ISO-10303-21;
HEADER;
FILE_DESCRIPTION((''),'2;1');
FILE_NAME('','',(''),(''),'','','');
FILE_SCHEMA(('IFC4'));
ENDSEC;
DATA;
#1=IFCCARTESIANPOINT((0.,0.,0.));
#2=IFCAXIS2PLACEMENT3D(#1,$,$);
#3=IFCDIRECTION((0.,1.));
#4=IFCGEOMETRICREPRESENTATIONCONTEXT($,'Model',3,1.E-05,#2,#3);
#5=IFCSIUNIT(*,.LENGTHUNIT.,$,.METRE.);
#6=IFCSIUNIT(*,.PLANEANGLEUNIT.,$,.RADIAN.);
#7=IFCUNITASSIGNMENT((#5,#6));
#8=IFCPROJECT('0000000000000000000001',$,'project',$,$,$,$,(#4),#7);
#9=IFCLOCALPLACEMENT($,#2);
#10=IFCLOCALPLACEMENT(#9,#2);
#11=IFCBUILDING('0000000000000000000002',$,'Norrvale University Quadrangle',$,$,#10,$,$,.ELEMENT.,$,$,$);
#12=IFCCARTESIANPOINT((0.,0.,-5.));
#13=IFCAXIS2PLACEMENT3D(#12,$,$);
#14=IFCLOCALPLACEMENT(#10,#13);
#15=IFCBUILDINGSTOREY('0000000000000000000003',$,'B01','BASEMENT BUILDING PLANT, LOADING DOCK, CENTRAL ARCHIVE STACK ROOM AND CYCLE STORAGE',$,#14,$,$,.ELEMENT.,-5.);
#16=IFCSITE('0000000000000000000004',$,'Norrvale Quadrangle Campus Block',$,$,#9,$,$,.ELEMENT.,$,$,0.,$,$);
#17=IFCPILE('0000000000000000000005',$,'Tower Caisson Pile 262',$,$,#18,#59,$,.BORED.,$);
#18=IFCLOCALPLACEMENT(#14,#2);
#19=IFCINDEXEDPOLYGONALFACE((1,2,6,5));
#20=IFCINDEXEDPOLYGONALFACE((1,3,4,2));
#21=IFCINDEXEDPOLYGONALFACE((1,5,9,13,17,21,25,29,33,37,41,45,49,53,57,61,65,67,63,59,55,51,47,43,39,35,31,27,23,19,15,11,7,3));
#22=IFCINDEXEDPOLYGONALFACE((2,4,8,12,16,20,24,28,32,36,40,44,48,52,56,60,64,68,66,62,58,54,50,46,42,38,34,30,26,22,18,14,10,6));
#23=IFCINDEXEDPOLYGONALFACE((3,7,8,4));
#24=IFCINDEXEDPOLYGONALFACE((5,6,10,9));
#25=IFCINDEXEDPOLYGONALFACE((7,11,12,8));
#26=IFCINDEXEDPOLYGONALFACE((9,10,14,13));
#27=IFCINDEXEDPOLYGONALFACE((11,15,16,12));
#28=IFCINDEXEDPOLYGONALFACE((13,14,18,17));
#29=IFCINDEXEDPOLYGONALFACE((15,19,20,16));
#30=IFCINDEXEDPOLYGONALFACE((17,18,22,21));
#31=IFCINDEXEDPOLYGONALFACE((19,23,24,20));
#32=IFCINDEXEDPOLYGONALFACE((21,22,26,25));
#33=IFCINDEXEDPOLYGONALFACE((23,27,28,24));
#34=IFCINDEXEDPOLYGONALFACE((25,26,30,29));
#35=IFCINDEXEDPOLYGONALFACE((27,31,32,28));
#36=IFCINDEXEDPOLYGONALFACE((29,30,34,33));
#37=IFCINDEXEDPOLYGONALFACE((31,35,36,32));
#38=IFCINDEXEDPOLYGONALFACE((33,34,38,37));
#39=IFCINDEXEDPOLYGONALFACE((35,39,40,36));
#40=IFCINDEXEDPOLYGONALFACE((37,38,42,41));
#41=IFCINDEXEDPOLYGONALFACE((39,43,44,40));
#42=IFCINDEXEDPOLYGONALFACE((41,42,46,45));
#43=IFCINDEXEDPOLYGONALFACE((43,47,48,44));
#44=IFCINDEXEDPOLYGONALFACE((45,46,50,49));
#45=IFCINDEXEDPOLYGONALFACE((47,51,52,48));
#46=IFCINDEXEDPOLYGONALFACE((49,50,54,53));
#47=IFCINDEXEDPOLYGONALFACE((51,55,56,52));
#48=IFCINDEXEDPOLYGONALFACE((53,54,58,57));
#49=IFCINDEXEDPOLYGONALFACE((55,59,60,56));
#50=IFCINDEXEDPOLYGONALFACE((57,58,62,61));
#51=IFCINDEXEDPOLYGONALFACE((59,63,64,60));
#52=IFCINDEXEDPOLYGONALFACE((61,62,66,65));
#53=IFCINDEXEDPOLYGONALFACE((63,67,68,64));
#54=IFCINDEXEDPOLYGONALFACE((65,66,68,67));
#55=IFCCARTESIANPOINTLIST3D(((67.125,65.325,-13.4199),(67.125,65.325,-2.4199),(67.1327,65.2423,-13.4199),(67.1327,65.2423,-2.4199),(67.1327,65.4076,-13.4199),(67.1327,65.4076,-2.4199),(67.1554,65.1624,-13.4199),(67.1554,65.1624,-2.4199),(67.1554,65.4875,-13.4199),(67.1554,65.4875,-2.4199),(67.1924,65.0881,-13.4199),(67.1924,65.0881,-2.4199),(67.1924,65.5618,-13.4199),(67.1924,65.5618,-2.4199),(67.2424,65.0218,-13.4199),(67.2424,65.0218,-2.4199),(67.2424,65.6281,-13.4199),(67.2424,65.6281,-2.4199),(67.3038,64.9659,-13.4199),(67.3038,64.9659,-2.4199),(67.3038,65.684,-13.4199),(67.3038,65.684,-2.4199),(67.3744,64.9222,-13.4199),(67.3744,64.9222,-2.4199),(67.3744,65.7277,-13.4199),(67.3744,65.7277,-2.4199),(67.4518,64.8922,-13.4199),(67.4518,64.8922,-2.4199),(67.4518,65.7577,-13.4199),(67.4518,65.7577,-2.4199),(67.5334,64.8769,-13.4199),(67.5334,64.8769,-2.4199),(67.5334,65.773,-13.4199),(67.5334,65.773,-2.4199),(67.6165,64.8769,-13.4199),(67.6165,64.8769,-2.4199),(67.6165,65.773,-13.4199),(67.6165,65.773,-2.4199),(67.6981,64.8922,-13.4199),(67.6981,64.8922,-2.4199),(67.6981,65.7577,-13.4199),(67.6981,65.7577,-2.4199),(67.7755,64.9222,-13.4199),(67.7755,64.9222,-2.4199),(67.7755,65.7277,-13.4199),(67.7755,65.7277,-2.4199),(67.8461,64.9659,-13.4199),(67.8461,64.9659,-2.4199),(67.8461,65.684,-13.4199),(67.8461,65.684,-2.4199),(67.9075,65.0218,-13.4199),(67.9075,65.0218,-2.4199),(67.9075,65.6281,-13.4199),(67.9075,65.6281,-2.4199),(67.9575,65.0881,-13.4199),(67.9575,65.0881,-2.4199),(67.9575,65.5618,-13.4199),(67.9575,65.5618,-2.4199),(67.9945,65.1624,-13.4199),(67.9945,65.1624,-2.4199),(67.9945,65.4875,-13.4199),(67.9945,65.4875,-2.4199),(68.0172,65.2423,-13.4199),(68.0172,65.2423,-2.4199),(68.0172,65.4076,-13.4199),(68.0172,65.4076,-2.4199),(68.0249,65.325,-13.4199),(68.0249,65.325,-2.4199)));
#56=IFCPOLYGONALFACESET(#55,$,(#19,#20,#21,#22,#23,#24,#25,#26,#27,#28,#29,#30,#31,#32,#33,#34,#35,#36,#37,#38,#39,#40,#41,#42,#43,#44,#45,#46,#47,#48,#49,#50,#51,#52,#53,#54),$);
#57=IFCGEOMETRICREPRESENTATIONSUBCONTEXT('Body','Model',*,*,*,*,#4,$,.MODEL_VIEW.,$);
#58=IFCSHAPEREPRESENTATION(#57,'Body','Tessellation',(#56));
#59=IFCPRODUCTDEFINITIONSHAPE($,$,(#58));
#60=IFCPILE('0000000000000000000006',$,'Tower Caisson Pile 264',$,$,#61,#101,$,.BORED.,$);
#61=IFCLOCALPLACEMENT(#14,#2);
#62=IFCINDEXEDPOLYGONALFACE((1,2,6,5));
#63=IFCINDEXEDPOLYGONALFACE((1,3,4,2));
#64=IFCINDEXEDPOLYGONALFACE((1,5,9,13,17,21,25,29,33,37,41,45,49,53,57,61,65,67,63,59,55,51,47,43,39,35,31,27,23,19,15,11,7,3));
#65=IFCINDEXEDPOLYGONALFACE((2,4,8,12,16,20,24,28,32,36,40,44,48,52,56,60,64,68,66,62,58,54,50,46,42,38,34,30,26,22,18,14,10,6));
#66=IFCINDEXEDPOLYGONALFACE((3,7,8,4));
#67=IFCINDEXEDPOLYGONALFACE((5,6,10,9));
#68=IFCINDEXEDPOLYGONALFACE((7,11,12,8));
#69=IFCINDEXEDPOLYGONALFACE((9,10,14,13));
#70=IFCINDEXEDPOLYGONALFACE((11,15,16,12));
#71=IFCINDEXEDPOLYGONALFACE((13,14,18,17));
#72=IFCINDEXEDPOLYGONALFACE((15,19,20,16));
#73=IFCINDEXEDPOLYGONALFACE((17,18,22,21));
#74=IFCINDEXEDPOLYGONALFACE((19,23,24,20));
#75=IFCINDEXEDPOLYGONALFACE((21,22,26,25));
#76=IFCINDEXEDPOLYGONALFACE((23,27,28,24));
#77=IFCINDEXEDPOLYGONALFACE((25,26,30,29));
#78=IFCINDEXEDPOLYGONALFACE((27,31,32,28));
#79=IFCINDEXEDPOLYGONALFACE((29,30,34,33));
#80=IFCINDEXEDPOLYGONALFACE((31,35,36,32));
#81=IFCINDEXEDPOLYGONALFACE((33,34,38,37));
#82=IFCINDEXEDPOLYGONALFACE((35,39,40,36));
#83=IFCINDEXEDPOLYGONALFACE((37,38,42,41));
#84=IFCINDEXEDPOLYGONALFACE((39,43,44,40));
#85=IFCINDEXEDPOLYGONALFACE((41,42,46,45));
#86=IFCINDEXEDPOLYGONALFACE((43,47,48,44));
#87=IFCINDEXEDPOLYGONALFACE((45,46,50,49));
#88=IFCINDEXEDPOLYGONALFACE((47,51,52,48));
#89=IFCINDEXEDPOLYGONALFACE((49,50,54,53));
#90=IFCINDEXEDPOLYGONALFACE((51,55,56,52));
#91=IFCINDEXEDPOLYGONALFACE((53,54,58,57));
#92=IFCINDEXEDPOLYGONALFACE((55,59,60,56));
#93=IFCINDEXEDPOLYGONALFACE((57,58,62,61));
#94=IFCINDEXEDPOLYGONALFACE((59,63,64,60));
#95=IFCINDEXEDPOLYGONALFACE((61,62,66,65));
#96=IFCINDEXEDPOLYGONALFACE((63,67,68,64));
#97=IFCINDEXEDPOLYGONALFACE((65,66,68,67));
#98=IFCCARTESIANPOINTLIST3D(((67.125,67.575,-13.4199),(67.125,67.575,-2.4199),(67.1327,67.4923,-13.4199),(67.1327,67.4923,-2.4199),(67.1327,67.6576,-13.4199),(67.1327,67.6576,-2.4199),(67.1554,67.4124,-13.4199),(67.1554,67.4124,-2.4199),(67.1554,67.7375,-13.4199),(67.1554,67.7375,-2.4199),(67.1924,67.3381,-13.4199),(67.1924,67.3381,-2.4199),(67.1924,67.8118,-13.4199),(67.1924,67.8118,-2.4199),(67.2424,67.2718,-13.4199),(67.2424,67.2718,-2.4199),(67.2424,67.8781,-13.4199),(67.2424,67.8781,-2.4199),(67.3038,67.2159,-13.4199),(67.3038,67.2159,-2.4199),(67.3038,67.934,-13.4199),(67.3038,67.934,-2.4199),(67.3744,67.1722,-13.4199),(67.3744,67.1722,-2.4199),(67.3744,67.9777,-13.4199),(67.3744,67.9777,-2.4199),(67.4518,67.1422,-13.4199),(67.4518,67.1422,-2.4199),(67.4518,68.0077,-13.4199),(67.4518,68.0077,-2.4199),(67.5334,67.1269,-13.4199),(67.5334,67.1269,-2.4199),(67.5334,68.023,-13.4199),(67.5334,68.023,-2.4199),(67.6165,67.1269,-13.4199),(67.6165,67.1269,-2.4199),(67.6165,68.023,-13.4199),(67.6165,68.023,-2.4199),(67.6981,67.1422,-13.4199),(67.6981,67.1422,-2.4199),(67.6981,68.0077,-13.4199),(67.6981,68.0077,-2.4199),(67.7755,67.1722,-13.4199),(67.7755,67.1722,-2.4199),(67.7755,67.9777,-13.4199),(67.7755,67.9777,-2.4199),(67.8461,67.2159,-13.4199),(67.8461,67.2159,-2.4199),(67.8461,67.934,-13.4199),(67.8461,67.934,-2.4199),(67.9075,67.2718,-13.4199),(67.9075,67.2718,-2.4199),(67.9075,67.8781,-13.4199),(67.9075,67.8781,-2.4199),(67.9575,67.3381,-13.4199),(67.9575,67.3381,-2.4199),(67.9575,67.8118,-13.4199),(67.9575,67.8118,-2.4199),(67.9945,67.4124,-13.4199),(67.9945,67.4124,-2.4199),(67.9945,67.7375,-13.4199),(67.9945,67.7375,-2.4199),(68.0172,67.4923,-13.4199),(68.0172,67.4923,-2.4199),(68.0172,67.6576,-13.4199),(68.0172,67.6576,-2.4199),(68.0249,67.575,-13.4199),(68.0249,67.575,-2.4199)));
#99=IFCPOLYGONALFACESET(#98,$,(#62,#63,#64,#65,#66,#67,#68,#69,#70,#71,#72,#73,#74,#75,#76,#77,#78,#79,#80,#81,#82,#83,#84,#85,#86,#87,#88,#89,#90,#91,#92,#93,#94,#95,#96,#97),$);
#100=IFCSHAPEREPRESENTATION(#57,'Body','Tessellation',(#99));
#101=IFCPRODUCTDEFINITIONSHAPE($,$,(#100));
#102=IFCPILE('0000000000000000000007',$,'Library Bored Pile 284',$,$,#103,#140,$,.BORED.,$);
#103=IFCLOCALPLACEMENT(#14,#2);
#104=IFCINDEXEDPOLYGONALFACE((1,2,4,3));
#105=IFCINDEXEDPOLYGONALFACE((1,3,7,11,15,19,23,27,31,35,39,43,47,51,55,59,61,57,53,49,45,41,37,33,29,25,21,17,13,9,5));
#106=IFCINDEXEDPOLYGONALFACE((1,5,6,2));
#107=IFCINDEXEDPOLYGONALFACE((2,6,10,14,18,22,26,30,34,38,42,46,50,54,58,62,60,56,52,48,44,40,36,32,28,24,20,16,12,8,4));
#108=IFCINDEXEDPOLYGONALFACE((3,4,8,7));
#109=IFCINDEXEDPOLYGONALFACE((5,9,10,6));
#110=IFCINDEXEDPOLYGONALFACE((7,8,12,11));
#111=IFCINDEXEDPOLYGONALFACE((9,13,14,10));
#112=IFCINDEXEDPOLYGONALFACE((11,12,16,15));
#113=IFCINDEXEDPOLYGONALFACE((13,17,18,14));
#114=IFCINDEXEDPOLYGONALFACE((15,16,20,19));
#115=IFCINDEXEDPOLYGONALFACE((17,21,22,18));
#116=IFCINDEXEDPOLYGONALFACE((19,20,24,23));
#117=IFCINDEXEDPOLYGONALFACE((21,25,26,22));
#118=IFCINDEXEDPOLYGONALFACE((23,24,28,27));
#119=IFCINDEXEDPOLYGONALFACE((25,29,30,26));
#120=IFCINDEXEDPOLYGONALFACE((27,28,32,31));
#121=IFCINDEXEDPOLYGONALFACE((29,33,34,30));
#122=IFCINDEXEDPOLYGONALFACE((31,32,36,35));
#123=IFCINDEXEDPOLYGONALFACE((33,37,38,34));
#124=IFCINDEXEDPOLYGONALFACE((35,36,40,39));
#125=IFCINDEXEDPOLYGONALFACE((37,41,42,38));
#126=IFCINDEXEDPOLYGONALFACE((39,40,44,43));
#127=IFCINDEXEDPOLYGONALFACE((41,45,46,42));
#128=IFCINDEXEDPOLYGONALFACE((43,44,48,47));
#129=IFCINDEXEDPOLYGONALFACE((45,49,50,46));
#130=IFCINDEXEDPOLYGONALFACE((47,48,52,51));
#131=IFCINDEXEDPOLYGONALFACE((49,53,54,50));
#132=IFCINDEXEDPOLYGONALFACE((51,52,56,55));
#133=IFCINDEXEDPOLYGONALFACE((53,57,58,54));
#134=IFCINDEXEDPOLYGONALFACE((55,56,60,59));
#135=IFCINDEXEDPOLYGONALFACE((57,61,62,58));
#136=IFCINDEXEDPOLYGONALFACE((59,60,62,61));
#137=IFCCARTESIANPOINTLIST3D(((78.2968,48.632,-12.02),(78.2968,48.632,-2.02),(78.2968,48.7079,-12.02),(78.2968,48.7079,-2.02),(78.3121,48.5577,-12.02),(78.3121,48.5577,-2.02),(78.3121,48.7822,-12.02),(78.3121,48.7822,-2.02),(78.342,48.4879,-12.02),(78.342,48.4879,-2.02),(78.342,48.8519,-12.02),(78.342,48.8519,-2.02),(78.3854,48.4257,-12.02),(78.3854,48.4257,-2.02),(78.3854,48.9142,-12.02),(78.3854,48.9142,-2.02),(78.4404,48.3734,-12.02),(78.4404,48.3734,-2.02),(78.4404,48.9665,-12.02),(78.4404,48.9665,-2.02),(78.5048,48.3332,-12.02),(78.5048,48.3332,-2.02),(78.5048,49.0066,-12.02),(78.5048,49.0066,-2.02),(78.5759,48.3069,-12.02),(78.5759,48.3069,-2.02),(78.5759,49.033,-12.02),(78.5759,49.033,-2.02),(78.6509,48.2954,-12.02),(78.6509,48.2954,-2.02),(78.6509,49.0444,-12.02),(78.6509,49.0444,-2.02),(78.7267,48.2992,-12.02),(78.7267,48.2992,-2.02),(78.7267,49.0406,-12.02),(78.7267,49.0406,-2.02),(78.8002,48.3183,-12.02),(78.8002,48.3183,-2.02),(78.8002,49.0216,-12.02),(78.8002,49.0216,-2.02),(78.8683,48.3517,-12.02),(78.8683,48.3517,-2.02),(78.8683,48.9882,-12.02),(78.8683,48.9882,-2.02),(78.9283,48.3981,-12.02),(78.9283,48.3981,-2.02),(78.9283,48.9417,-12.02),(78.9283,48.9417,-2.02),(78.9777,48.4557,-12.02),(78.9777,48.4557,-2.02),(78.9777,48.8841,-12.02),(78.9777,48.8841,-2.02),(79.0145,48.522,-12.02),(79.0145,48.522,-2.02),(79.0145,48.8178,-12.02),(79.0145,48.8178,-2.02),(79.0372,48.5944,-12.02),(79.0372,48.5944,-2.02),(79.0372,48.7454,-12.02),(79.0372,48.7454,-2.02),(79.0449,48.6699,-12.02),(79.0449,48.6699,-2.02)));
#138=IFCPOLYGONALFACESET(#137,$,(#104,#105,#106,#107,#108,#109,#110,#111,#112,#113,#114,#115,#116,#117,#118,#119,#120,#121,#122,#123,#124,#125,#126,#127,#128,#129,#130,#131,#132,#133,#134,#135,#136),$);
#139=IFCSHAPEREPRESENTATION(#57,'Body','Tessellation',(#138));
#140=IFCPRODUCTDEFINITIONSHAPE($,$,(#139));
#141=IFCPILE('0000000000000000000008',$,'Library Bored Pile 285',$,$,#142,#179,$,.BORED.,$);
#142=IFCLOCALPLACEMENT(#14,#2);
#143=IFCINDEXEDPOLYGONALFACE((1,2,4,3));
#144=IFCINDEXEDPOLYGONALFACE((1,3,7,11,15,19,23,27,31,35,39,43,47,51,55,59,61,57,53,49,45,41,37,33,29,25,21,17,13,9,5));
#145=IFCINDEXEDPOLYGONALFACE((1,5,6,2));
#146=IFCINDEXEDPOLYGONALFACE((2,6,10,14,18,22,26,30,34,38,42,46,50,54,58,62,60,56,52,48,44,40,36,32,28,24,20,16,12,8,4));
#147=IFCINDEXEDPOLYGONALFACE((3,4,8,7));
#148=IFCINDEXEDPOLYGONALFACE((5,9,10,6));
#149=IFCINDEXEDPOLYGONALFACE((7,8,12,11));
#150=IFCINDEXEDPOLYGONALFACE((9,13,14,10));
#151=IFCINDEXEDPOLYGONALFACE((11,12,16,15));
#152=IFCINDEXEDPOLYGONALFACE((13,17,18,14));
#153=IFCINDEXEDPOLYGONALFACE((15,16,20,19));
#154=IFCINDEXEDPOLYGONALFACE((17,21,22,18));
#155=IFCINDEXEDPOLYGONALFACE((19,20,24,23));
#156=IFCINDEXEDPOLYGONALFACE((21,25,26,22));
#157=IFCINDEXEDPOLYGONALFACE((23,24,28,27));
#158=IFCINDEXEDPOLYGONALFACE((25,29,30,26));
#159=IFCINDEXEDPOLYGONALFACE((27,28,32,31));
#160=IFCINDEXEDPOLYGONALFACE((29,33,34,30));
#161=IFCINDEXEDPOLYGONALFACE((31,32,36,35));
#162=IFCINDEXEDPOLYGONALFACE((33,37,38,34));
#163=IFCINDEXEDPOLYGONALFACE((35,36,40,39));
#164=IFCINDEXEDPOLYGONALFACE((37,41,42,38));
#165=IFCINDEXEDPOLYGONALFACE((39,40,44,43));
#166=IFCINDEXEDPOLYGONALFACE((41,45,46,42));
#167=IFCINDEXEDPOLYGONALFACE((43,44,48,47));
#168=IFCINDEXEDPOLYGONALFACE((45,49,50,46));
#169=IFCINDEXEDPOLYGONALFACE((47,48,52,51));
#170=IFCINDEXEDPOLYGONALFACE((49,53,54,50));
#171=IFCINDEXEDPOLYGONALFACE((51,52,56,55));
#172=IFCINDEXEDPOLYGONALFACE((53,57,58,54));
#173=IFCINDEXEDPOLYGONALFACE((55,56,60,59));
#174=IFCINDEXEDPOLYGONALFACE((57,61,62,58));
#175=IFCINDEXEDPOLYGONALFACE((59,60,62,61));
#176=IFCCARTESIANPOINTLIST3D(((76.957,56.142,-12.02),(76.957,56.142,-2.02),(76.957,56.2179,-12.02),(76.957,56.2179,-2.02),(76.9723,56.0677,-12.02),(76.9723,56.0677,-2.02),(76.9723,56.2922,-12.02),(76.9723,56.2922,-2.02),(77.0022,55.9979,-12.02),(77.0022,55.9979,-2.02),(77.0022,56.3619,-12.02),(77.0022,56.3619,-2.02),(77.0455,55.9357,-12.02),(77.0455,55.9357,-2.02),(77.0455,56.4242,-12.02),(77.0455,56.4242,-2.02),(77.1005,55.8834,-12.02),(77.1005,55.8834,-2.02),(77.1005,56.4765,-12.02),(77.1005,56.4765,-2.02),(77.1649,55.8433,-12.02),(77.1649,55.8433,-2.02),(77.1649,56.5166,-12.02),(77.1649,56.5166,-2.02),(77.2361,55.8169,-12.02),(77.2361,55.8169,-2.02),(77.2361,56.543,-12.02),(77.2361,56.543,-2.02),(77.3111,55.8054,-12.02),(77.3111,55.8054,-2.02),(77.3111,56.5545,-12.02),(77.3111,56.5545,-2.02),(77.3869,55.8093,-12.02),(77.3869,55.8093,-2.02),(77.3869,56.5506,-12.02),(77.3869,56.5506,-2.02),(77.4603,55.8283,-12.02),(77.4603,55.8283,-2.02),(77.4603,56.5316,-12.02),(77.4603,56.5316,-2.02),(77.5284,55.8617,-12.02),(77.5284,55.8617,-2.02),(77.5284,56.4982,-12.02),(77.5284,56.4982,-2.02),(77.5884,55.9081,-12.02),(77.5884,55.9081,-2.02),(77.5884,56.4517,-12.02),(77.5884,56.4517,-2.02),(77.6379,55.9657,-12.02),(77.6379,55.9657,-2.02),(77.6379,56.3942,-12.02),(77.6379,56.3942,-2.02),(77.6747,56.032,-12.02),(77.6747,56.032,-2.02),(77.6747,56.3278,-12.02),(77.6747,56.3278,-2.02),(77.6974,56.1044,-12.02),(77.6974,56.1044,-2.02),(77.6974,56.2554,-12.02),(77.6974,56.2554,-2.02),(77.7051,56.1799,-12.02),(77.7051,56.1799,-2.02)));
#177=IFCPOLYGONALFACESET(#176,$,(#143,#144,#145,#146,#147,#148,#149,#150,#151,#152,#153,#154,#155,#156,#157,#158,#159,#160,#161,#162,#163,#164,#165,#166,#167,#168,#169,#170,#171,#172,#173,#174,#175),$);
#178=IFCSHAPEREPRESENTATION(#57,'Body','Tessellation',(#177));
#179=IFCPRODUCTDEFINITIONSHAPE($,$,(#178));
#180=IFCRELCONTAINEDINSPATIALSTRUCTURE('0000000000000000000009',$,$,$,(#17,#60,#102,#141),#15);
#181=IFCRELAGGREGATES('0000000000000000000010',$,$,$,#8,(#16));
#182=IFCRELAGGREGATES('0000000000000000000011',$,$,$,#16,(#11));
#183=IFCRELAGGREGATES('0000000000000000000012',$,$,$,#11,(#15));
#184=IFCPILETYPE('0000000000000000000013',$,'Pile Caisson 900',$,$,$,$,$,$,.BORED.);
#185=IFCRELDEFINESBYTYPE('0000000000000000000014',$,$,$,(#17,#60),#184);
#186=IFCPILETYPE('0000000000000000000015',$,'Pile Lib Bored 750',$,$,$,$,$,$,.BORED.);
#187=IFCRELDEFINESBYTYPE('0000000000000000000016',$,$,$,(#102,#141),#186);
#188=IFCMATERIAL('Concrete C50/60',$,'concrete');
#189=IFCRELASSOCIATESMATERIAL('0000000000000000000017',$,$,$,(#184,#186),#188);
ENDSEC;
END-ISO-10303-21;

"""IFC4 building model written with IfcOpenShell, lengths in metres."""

from ifc_helpers import new_model, si_unit, direction, frame, origin, origin_2d, place, context, subcontext, project, spatial, circle, extrude, material, material_profile, profile_set, type_object, element, save


model = new_model("IFC4")

# Units and contexts
model_context = context("Model", 3, precision=1e-05, world=origin(), true_north=direction((0.0, 1.0)))
body_context = subcontext(model_context, "Body", "Model", "MODEL_VIEW")
ifc_project = project(units=[si_unit("LENGTHUNIT", "METRE"), si_unit("PLANEANGLEUNIT", "RADIAN")], contexts=[model_context])

# Site, building, storey
site_placement = place(None, origin())
site = spatial("IfcSite", under=ifc_project, at=site_placement, Name="Norrvale Quadrangle Campus Block", CompositionType="ELEMENT", RefElevation=0.0)
building_placement = place(site_placement, origin())
building = spatial("IfcBuilding", under=site, at=building_placement, Name="Norrvale University Quadrangle", CompositionType="ELEMENT")
storey_placement = place(building_placement, frame((0.0, 0.0, -5.0)))
storey = spatial("IfcBuildingStorey", under=building, at=storey_placement, Name="B01", Description="BASEMENT BUILDING PLANT, LOADING DOCK, CENTRAL ARCHIVE STACK ROOM AND CYCLE STORAGE", CompositionType="ELEMENT", Elevation=-5.0)

# Shared definitions
ifc_material_1 = material(Name="Concrete C50/60", Category="concrete")

# Piles
ifc_material_profile_1 = material_profile(ifc_material_1, circle(Radius=0.45, at=origin_2d()), Name="Concrete C50/60")
ifc_profile_set_1 = profile_set([ifc_material_profile_1], Name="Concrete C50/60")
pile_type_1 = type_object("IfcPileType", Name="Pile Caisson 900", PredefinedType="BORED", material=ifc_profile_set_1)
for number, where, z_axis, x_axis, name in (
    (1, (67.575, 65.325, -2.4199), (0.0, 0.0, -1.0), (1.0, 0.0, 0.0), "Tower Caisson Pile 262"),
    (2, (67.575, 67.575, -2.4199), (0.0, 0.0, -1.0), (1.0, 0.0, 0.0), "Tower Caisson Pile 264"),
):
    element("IfcPile", number, at=place(storey_placement, frame(where, z_axis=z_axis, x_axis=x_axis)), inside=storey, type_object=pile_type_1, Name=name, PredefinedType="BORED", context=body_context, shape_type="SweptSolid", body=[
        extrude(circle(Radius=0.45, at=origin_2d()), origin(), (0.0, 0.0, 1.0), 11.0),
    ])
ifc_material_profile_2 = material_profile(ifc_material_1, circle(Radius=0.375, at=origin_2d()), Name="Concrete C50/60")
ifc_profile_set_2 = profile_set([ifc_material_profile_2], Name="Concrete C50/60")
pile_type_2 = type_object("IfcPileType", Name="Pile Lib Bored 750", PredefinedType="BORED", material=ifc_profile_set_2)
for number, where, z_axis, x_axis, name in (
    (3, (78.6699, 48.6699, -2.02), (0.0, 0.0, -1.0), (1.0, 0.0, 0.0), "Library Bored Pile 284"),
    (4, (77.3301, 56.1799, -2.02), (0.0, 0.0, -1.0), (1.0, 0.0, 0.0), "Library Bored Pile 285"),
):
    element("IfcPile", number, at=place(storey_placement, frame(where, z_axis=z_axis, x_axis=x_axis)), inside=storey, type_object=pile_type_2, Name=name, PredefinedType="BORED", context=body_context, shape_type="SweptSolid", body=[
        extrude(circle(Radius=0.375, at=origin_2d()), origin(), (0.0, 0.0, 1.0), 10.0),
    ])

save(model, "model.ifc")
